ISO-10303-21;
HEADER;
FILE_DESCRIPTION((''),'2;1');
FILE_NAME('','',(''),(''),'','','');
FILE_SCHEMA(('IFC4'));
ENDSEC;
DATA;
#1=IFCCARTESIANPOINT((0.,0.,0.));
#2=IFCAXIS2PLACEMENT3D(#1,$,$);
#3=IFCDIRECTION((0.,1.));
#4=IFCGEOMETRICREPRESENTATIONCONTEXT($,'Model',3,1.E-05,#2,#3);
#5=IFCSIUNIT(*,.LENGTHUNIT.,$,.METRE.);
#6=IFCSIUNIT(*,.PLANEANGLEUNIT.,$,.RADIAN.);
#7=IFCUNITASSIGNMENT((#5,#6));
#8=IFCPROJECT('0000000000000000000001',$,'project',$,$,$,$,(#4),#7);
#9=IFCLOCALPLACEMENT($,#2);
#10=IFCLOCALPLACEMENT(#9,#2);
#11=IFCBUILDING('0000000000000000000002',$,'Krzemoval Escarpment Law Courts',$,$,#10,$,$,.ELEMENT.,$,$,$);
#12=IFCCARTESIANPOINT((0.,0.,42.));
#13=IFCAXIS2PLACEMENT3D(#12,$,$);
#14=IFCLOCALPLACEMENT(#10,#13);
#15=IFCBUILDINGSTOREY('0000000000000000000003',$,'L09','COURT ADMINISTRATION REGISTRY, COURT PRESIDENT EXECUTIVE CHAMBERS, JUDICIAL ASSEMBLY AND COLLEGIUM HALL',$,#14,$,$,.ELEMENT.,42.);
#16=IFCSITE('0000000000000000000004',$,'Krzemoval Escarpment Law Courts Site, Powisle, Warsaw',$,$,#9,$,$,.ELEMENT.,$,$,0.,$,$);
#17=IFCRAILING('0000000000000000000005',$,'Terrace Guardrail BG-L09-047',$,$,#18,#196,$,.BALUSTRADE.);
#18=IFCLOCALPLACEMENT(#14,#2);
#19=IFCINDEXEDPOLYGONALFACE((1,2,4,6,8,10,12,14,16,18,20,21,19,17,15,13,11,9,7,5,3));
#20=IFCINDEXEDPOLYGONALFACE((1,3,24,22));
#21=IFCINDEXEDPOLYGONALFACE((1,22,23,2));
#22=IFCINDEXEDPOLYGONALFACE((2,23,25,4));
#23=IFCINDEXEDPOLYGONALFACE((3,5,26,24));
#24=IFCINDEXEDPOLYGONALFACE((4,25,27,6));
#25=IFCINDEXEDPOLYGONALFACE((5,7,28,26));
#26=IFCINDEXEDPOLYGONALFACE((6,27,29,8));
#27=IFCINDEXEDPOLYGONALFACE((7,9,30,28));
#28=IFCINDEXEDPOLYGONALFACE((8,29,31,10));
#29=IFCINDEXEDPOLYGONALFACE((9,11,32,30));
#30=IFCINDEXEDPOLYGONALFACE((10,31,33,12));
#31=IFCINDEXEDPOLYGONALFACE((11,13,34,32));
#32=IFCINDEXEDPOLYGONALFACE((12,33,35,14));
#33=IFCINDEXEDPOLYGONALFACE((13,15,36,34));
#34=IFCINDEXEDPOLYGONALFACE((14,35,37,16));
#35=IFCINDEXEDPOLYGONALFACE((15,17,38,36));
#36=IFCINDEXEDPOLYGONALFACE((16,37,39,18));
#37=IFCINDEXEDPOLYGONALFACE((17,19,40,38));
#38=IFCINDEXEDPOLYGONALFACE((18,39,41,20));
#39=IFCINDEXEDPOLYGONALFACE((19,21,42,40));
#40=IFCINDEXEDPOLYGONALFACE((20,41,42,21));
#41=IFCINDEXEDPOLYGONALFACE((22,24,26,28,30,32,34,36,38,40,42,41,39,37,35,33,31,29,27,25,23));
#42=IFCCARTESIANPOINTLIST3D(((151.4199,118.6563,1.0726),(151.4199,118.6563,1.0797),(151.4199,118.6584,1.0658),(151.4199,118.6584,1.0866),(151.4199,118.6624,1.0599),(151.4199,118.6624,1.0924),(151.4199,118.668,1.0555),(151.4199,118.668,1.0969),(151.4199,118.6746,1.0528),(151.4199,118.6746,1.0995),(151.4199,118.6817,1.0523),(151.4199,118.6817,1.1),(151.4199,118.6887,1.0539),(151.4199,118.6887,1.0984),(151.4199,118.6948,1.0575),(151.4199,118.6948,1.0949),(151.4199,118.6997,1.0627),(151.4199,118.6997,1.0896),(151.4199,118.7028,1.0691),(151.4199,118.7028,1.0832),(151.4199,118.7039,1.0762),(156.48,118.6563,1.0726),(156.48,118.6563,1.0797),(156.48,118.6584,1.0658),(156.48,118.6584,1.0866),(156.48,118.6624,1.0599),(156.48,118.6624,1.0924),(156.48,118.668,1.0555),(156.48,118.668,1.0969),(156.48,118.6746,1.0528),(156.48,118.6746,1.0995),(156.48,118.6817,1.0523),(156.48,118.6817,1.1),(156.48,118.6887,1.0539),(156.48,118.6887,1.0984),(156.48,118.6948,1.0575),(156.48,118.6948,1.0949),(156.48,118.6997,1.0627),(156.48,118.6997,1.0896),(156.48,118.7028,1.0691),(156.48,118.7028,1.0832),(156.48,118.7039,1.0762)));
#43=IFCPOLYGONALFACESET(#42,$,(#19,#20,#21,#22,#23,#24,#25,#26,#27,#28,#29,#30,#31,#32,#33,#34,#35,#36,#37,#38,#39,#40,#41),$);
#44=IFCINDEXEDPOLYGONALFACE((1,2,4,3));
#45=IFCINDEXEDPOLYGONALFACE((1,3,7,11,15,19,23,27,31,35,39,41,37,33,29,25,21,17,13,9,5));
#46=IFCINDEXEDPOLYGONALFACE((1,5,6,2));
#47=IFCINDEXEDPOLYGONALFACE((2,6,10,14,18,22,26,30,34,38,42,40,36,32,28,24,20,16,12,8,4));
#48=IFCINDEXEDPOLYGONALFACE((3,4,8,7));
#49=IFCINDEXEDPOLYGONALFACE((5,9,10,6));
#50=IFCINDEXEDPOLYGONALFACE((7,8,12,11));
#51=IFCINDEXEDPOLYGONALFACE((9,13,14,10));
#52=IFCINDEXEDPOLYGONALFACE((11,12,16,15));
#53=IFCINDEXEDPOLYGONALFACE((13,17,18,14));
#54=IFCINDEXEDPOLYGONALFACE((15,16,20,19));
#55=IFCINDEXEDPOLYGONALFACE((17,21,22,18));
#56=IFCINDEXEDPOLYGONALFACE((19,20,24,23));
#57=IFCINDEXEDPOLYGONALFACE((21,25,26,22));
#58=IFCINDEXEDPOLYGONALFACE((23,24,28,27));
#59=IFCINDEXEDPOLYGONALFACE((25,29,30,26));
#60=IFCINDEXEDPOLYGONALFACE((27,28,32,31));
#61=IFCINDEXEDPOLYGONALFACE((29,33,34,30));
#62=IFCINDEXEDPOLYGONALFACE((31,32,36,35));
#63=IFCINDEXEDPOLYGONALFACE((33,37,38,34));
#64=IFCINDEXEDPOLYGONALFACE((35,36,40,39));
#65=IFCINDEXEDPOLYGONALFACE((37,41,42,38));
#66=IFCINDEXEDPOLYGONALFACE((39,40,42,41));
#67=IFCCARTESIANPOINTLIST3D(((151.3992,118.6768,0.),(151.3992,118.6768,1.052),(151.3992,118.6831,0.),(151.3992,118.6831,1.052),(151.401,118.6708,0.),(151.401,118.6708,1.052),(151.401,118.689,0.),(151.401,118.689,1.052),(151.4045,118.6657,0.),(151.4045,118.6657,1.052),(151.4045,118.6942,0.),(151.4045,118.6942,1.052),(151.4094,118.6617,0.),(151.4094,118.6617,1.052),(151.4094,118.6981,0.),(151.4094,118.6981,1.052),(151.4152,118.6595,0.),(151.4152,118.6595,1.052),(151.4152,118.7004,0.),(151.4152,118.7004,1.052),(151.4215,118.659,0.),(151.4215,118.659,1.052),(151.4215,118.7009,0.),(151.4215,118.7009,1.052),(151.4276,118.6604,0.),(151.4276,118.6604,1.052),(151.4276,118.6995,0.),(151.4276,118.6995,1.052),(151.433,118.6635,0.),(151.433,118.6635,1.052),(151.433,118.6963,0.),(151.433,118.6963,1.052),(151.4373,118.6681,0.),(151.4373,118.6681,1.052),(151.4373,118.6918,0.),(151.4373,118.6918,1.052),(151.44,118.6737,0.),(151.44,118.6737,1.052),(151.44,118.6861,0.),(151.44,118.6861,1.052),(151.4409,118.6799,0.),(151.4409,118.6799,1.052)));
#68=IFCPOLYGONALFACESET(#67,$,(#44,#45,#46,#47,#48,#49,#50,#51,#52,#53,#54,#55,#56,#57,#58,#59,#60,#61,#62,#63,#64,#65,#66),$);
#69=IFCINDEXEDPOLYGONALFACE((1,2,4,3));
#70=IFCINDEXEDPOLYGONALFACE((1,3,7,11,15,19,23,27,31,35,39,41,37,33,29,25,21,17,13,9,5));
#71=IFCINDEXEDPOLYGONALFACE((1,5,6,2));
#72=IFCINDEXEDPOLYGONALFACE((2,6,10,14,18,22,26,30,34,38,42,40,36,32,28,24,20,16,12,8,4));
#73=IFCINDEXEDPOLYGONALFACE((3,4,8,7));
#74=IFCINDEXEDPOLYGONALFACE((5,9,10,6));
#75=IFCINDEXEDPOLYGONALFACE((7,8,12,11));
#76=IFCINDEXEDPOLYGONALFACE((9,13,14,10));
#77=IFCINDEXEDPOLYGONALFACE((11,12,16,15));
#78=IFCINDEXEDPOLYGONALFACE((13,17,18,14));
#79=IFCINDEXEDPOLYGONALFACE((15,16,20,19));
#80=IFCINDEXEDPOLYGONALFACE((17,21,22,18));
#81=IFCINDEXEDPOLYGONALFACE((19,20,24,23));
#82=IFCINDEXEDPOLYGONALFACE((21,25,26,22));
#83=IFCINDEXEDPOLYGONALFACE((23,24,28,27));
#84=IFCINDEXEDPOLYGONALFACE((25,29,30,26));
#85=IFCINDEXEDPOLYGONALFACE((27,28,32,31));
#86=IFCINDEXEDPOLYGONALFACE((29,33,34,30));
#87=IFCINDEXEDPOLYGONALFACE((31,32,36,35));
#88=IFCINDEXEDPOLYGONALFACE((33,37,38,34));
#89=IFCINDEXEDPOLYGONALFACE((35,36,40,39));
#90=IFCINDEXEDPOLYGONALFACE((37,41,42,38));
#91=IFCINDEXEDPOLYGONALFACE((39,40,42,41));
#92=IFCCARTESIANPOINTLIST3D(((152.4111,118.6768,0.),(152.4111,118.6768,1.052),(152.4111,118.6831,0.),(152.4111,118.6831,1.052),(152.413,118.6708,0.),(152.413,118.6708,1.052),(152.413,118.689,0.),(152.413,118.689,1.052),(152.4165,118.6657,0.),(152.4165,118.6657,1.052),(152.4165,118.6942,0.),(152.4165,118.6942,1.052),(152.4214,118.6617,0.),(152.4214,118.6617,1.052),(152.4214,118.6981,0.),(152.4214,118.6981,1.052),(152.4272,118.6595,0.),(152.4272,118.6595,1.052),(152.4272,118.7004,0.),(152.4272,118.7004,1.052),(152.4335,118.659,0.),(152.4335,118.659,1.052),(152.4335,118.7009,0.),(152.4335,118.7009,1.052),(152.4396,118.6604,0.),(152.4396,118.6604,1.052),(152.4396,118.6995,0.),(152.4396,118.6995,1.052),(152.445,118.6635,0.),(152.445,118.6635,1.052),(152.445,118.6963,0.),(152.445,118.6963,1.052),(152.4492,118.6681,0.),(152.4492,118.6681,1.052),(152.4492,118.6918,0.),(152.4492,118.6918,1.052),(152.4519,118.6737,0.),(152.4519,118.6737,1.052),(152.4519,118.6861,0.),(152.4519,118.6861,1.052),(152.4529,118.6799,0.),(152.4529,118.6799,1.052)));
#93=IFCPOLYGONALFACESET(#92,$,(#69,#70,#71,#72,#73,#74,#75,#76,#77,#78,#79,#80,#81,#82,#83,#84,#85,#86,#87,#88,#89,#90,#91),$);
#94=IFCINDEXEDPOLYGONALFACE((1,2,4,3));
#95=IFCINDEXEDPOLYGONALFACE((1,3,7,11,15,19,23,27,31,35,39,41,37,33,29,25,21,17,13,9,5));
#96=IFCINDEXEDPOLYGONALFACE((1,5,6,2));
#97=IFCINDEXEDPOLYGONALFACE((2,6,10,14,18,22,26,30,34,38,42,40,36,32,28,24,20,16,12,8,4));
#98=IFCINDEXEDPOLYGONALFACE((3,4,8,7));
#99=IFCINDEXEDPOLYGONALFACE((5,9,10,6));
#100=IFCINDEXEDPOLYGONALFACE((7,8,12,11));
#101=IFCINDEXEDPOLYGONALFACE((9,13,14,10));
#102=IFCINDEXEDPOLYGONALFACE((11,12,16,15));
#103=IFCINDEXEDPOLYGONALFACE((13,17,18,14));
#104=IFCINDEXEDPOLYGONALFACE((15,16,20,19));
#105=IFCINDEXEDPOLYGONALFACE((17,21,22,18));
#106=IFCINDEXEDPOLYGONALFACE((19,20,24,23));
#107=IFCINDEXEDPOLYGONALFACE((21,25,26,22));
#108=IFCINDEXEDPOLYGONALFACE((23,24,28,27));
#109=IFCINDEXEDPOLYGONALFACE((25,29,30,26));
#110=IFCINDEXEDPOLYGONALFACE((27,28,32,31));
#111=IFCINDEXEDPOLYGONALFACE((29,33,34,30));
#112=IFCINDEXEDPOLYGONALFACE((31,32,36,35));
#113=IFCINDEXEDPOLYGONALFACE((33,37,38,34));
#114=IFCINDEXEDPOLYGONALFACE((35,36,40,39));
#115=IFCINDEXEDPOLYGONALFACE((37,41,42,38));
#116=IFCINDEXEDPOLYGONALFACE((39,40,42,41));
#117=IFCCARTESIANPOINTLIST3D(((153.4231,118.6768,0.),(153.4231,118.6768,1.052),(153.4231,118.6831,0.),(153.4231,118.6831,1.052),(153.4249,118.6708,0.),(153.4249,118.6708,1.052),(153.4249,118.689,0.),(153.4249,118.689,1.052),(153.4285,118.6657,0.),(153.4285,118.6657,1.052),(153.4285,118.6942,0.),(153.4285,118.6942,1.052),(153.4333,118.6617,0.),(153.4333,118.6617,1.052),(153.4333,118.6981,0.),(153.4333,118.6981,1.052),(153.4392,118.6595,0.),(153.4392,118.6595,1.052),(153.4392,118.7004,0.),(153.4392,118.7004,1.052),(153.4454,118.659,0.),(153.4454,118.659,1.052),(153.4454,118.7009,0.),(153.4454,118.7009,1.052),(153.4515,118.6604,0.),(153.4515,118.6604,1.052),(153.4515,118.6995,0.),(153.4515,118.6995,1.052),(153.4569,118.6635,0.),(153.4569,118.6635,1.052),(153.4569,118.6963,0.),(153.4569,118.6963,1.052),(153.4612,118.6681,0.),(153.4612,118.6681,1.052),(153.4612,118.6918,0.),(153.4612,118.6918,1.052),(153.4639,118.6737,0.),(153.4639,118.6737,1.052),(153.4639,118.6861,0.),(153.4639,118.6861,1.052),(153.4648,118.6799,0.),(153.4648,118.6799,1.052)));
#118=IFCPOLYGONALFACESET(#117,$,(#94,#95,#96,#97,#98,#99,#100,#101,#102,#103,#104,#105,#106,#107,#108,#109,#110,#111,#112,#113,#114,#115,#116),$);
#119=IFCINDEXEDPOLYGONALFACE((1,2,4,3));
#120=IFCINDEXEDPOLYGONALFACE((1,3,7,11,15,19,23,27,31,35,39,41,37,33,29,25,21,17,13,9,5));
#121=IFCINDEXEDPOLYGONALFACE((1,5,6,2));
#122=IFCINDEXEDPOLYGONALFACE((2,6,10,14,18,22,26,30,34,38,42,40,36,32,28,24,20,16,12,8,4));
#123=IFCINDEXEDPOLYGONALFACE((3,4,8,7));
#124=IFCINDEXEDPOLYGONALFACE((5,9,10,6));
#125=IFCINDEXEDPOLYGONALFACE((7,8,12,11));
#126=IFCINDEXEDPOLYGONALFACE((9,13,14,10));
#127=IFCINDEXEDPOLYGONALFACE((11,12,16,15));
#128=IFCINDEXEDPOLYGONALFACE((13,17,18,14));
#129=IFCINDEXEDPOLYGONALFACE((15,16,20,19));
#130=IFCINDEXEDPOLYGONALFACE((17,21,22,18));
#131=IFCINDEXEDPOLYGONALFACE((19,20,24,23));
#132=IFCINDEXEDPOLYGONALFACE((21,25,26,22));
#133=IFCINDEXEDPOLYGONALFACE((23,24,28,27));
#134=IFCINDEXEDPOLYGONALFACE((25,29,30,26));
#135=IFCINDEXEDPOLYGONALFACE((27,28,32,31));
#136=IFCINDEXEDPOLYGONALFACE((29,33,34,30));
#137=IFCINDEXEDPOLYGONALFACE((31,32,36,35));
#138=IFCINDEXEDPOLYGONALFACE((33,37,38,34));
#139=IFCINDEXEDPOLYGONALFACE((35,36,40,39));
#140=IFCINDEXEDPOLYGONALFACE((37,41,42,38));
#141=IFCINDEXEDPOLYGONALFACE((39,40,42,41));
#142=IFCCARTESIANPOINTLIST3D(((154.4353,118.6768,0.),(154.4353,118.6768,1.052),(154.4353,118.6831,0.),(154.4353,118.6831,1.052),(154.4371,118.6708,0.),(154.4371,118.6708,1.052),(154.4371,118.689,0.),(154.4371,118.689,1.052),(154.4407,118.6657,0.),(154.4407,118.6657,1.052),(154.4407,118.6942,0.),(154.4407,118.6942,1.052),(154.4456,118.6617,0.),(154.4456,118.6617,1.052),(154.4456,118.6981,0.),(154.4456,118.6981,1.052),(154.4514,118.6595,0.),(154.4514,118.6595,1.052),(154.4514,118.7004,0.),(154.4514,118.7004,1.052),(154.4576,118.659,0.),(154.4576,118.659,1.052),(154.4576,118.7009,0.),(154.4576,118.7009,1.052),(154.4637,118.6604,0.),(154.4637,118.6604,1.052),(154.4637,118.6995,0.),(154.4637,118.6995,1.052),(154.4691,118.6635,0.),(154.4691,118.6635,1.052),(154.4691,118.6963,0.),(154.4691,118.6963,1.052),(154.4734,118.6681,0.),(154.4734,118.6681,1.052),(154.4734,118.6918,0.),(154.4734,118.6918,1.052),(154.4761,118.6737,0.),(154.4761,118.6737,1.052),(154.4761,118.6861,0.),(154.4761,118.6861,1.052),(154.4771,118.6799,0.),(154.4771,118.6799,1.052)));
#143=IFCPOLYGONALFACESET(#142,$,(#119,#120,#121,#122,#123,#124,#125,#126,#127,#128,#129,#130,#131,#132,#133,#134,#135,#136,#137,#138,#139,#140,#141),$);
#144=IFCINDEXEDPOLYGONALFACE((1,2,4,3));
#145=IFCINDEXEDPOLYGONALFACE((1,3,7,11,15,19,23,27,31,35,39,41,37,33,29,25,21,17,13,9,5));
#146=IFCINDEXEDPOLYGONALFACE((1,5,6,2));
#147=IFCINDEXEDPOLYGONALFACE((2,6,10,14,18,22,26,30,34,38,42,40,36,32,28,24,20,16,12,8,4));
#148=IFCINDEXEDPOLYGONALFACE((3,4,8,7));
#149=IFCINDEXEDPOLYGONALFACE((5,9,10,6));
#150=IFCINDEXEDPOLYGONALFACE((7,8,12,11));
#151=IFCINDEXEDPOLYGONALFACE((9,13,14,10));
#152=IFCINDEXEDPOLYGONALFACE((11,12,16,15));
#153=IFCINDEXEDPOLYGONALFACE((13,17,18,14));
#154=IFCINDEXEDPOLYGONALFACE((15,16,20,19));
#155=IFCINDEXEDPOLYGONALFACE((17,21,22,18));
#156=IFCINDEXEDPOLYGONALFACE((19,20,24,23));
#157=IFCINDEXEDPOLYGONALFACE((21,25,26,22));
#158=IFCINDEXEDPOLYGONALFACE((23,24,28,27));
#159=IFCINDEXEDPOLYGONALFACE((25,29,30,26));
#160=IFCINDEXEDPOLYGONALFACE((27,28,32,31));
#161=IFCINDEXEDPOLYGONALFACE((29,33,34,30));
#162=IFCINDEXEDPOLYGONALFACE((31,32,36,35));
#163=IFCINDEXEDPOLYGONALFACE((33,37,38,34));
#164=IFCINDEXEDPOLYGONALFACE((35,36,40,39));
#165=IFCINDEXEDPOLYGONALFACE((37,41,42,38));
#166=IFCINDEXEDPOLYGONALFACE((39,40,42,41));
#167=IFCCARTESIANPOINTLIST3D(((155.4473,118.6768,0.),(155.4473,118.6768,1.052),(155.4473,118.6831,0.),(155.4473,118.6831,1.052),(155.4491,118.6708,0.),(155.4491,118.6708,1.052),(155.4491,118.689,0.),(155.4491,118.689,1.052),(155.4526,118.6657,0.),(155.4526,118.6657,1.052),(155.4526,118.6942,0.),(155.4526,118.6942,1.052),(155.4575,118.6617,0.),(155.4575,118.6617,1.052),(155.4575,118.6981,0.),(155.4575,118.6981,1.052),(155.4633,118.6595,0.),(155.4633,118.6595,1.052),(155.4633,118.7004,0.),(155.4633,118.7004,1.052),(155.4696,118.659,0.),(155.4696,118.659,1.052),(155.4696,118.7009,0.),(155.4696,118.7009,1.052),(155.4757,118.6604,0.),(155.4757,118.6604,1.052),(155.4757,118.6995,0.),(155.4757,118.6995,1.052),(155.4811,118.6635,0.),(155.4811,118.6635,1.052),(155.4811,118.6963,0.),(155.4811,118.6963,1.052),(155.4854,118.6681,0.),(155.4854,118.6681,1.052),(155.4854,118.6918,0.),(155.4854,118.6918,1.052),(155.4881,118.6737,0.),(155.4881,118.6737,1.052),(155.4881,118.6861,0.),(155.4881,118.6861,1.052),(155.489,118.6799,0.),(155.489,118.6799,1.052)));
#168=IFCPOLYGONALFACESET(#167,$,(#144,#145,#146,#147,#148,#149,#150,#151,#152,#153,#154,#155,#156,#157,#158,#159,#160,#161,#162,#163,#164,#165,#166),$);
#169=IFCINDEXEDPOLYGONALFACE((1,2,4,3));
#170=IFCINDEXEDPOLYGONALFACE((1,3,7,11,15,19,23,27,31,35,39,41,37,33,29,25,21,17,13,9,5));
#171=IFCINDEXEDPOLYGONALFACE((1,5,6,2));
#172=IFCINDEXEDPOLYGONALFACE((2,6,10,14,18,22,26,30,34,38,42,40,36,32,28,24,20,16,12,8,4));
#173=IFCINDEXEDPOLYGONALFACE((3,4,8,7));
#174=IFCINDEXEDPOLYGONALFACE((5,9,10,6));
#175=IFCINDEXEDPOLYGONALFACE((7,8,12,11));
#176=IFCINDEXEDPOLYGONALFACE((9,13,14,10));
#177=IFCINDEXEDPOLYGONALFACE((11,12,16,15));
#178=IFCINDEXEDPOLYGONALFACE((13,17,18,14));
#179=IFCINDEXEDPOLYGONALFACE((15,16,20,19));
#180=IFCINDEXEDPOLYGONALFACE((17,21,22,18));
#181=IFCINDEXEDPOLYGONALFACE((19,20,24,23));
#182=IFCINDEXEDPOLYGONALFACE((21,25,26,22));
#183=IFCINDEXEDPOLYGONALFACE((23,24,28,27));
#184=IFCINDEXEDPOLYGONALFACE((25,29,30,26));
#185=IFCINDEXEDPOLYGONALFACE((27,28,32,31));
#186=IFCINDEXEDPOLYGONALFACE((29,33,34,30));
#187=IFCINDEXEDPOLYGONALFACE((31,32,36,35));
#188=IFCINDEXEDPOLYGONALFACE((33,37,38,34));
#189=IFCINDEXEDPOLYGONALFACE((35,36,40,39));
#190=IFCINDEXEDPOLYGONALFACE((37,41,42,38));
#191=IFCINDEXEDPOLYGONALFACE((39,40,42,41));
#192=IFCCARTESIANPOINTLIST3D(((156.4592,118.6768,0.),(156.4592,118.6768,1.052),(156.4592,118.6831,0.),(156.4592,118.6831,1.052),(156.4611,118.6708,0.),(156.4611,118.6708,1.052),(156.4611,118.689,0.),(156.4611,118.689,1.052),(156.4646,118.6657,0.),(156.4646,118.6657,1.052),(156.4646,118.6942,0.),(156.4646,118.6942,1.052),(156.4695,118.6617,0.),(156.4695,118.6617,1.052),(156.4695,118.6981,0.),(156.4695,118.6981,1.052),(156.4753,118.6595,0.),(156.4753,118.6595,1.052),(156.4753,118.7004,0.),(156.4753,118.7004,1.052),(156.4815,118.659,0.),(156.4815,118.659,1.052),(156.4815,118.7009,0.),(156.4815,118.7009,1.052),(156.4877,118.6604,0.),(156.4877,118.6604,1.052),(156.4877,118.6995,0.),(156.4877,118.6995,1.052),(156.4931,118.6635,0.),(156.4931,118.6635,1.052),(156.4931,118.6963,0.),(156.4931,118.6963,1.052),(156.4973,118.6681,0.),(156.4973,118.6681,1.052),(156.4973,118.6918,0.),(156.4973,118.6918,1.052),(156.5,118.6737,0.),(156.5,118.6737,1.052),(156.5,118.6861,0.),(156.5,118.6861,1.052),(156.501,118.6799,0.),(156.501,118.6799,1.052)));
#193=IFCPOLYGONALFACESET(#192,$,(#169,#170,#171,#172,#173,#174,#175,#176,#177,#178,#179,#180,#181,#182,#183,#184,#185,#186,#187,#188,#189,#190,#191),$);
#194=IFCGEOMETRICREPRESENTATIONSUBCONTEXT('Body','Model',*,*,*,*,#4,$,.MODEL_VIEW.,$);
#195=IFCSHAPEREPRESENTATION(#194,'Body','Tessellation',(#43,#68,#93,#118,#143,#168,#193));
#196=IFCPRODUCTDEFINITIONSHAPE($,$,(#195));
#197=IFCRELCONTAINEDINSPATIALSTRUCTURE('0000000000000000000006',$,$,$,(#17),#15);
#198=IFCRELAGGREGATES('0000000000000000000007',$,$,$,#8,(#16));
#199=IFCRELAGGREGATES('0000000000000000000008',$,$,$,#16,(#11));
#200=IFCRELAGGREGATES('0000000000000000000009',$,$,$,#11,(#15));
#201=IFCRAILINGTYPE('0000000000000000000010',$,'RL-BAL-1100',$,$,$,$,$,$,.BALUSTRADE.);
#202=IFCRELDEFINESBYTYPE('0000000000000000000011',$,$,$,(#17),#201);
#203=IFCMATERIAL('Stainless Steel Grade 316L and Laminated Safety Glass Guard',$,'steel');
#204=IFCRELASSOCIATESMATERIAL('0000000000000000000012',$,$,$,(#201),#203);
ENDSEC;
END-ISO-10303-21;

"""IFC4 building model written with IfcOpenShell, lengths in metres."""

from ifc_helpers import new_model, si_unit, direction, frame, origin, origin_2d, place, context, subcontext, project, spatial, circle, extrude, material, type_object, element, save


model = new_model("IFC4")

# Units and contexts
model_context = context("Model", 3, precision=1e-05, world=origin(), true_north=direction((0.0, 1.0)))
body_context = subcontext(model_context, "Body", "Model", "MODEL_VIEW")
ifc_project = project(units=[si_unit("LENGTHUNIT", "METRE"), si_unit("PLANEANGLEUNIT", "RADIAN")], contexts=[model_context])

# Site, building, storey
site_placement = place(None, origin())
site = spatial("IfcSite", under=ifc_project, at=site_placement, Name="Krzemoval Escarpment Law Courts Site, Powisle, Warsaw", CompositionType="ELEMENT", RefElevation=0.0)
building_placement = place(site_placement, origin())
building = spatial("IfcBuilding", under=site, at=building_placement, Name="Krzemoval Escarpment Law Courts", CompositionType="ELEMENT")
storey_placement = place(building_placement, frame((0.0, 0.0, 42.0)))
storey = spatial("IfcBuildingStorey", under=building, at=storey_placement, Name="L09", Description="COURT ADMINISTRATION REGISTRY, COURT PRESIDENT EXECUTIVE CHAMBERS, JUDICIAL ASSEMBLY AND COLLEGIUM HALL", CompositionType="ELEMENT", Elevation=42.0)

# Railing
ifc_material_1 = material(Name="Stainless Steel Grade 316L and Laminated Safety Glass Guard", Category="steel")
railing_type = type_object("IfcRailingType", Name="RL-BAL-1100", PredefinedType="BALUSTRADE", material=ifc_material_1)
railing_1_placement = place(storey_placement, frame((151.4199, 118.6799, 0.0)))
element("IfcRailing", 1, at=railing_1_placement, inside=storey, type_object=railing_type, Name="Terrace Guardrail BG-L09-047", PredefinedType="BALUSTRADE", context=body_context, shape_type="SweptSolid", body=[
    extrude(circle(Radius=0.0239, at=origin_2d()), frame((0.0, 0.0, 1.0762), z_axis=(1.0, 0.0, 0.0), x_axis=(0.0, 1.0, 0.0)), (0.0, 0.0, 1.0), 5.0601),
    extrude(circle(Radius=0.021, at=origin_2d()), origin(), (0.0, 0.0, 1.0), 1.052),
    extrude(circle(Radius=0.021, at=origin_2d()), frame((1.012, 0.0, 0.0)), (0.0, 0.0, 1.0), 1.052),
    extrude(circle(Radius=0.021, at=origin_2d()), frame((2.0239, 0.0, 0.0)), (0.0, 0.0, 1.0), 1.052),
    extrude(circle(Radius=0.021, at=origin_2d()), frame((3.0361, 0.0, 0.0)), (0.0, 0.0, 1.0), 1.052),
    extrude(circle(Radius=0.021, at=origin_2d()), frame((4.0481, 0.0, 0.0)), (0.0, 0.0, 1.0), 1.052),
    extrude(circle(Radius=0.021, at=origin_2d()), frame((5.0601, 0.0, 0.0)), (0.0, 0.0, 1.0), 1.052),
])

save(model, "model.ifc")
